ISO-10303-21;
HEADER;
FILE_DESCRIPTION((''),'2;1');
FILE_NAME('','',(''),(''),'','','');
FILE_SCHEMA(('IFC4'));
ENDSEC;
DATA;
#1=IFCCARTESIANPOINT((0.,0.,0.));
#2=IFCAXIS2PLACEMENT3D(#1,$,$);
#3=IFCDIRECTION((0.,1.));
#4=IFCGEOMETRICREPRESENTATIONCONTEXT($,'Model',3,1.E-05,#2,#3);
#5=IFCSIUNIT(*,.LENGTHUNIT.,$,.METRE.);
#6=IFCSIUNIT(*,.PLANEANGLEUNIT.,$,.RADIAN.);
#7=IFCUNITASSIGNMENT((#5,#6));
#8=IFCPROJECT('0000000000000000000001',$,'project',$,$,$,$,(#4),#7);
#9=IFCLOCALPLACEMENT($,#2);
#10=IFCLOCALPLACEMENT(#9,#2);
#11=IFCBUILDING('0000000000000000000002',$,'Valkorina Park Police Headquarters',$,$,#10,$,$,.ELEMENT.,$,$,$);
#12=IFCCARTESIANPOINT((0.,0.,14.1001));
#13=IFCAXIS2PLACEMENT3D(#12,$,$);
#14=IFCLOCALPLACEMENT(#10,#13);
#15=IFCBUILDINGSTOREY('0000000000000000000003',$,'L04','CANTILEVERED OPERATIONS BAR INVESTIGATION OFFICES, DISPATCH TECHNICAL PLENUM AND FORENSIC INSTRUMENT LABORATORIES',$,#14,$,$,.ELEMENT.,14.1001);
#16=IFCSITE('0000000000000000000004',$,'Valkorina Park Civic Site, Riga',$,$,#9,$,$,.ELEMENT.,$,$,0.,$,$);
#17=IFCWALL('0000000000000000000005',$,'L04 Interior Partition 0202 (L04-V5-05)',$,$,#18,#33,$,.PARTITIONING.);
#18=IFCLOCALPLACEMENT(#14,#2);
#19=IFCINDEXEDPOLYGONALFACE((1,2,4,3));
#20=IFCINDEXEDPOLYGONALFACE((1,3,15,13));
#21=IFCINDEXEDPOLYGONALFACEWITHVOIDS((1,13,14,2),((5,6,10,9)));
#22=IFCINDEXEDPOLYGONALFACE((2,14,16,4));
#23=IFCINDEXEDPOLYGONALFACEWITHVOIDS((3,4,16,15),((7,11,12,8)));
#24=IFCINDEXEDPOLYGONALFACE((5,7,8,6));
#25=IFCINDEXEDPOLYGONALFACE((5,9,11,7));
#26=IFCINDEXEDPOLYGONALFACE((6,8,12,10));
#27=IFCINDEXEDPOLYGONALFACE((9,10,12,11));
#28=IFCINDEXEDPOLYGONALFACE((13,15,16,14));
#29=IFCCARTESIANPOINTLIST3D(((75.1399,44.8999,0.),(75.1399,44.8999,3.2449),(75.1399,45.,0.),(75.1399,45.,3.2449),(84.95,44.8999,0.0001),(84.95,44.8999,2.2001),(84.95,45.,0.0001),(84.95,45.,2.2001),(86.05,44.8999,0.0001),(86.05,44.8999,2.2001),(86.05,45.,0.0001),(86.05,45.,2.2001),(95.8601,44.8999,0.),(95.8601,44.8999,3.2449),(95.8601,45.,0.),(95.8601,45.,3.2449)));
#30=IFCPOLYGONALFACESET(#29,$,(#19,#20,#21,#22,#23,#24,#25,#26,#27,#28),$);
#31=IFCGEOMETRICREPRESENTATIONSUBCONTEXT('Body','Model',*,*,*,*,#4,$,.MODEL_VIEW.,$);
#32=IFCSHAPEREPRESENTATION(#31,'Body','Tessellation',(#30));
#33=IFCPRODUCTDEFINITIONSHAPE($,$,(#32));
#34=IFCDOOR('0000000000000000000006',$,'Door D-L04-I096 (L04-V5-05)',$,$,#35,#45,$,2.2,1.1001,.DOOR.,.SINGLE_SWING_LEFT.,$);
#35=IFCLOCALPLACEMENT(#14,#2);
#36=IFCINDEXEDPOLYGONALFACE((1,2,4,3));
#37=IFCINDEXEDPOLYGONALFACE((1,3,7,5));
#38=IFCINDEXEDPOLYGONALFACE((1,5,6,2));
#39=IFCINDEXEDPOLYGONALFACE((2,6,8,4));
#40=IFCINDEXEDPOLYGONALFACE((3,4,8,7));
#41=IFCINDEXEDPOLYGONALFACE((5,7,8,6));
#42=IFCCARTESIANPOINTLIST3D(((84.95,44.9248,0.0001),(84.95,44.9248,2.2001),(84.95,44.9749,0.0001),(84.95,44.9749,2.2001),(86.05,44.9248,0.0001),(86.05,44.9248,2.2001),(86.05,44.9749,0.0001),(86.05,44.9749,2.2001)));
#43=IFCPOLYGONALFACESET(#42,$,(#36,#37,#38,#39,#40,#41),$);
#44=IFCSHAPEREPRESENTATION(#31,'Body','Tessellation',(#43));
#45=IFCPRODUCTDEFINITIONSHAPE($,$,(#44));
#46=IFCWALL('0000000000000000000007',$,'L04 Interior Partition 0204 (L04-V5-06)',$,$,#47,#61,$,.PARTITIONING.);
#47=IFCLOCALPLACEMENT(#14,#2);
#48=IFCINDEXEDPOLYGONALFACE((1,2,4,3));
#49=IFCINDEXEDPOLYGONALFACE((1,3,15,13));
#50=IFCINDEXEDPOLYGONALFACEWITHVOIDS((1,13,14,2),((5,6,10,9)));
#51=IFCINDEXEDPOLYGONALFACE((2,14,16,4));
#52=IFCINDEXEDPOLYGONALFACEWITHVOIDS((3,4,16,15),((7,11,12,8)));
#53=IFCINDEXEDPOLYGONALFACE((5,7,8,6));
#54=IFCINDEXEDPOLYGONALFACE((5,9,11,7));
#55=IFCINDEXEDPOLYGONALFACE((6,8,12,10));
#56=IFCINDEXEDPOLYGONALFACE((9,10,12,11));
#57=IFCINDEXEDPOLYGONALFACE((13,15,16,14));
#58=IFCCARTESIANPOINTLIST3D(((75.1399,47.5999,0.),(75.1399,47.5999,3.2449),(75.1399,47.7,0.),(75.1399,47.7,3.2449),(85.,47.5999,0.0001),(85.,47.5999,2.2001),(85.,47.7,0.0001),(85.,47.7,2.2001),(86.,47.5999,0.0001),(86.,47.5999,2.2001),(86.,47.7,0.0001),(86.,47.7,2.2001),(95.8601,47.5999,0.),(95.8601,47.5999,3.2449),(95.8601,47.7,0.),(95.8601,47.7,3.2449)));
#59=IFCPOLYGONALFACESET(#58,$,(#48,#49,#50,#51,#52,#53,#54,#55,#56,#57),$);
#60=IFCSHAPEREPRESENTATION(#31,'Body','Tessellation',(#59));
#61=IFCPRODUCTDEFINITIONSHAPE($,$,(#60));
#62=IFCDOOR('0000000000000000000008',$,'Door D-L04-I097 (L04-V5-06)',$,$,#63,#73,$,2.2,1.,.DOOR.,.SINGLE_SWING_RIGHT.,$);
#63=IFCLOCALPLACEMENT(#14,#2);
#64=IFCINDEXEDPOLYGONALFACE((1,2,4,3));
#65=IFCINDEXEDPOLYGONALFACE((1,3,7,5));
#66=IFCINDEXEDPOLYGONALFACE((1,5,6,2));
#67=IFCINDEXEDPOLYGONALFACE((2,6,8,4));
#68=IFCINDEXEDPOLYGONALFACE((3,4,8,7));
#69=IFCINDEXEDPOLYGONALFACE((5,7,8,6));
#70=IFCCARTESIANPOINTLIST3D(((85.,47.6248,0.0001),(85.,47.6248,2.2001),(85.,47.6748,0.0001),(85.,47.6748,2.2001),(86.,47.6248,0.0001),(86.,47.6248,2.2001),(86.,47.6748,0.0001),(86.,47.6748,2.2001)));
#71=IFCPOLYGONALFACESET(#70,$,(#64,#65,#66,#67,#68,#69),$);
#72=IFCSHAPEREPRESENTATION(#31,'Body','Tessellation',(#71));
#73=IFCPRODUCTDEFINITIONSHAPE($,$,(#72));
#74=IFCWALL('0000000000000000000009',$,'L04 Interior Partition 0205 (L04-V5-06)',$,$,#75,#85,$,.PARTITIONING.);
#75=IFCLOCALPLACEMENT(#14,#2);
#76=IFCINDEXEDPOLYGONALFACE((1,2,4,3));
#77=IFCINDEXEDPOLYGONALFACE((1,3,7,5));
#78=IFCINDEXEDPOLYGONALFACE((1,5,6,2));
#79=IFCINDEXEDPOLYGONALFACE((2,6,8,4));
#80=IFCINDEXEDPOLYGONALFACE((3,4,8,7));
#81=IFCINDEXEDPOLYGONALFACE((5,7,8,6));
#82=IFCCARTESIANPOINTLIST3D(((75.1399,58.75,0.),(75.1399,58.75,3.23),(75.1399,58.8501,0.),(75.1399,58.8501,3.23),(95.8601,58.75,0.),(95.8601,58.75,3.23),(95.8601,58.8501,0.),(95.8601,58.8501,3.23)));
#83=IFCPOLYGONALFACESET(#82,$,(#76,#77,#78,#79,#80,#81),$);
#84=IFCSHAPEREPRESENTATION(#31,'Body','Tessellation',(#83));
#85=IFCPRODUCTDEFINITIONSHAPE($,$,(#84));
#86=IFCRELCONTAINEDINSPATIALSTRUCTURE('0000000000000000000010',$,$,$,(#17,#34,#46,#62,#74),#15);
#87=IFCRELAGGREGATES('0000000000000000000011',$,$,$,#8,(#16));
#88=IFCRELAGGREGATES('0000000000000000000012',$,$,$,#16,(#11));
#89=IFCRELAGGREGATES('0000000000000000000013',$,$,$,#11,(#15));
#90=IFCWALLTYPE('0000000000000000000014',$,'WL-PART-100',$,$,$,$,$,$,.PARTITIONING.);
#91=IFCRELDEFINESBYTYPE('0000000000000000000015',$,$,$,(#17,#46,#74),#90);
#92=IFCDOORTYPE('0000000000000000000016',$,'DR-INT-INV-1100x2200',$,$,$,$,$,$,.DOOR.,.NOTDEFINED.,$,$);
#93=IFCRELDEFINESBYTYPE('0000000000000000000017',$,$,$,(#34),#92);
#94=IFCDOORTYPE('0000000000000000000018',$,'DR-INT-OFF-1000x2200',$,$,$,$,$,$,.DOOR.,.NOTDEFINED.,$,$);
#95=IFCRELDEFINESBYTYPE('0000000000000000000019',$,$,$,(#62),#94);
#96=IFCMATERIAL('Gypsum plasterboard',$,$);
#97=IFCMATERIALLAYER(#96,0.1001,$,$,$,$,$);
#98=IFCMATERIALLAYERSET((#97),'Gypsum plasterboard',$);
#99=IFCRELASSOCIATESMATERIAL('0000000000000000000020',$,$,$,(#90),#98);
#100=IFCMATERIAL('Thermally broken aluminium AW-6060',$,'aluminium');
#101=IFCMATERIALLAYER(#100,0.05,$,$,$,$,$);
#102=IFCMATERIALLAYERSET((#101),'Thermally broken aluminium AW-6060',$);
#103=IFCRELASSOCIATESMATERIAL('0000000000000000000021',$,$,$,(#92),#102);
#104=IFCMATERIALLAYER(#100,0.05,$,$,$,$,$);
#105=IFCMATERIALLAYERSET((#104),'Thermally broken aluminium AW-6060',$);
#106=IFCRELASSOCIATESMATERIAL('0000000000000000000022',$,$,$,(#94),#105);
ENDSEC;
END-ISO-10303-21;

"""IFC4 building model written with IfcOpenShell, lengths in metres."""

from ifc_helpers import new_model, si_unit, direction, frame, frame_2d, origin, place, context, subcontext, project, spatial, rectangle, extrude, material, layer, layer_set, type_object, element, fill, save


model = new_model("IFC4")

# Units and contexts
model_context = context("Model", 3, precision=1e-05, world=origin(), true_north=direction((0.0, 1.0)))
body_context = subcontext(model_context, "Body", "Model", "MODEL_VIEW")
ifc_project = project(units=[si_unit("LENGTHUNIT", "METRE"), si_unit("PLANEANGLEUNIT", "RADIAN")], contexts=[model_context])

# Site, building, storey
site_placement = place(None, origin())
site = spatial("IfcSite", under=ifc_project, at=site_placement, Name="Valkorina Park Civic Site, Riga", CompositionType="ELEMENT", RefElevation=0.0)
building_placement = place(site_placement, origin())
building = spatial("IfcBuilding", under=site, at=building_placement, Name="Valkorina Park Police Headquarters", CompositionType="ELEMENT")
storey_placement = place(building_placement, frame((0.0, 0.0, 14.1001)))
storey = spatial("IfcBuildingStorey", under=building, at=storey_placement, Name="L04", Description="CANTILEVERED OPERATIONS BAR INVESTIGATION OFFICES, DISPATCH TECHNICAL PLENUM AND FORENSIC INSTRUMENT LABORATORIES", CompositionType="ELEMENT", Elevation=14.1001)

# Shared definitions
ifc_material_1 = material(Name="Thermally broken aluminium AW-6060", Category="aluminium")

# Walls, openings, doors
ifc_material_2 = material(Name="Gypsum plasterboard")
ifc_layer_1 = layer(ifc_material_2, 0.1001)
ifc_layer_set_1 = layer_set([ifc_layer_1], Name="Gypsum plasterboard")
wall_type = type_object("IfcWallType", Name="WL-PART-100", PredefinedType="PARTITIONING", material=ifc_layer_set_1)
wall_1_placement = place(storey_placement, frame((75.1399, 44.95, 0.0), z_axis=(0.0, 0.0, 1.0), x_axis=(1.0, 0.0, 0.0)))
wall_1 = element("IfcWall", 1, at=wall_1_placement, inside=storey, type_object=wall_type, Name="L04 Interior Partition 0202 (L04-V5-05)", PredefinedType="PARTITIONING", context=body_context, shape_type="SweptSolid", body=[
    extrude(rectangle(XDim=20.7202, YDim=0.1001, at=frame_2d((10.3601, 0.0))), origin(), (0.0, 0.0, 1.0), 3.2449),
])
opening_1_placement = place(wall_1_placement, frame((9.8101, 0.0, 0.0)))
opening_1 = element("IfcOpeningElement", 2, at=opening_1_placement, cuts=wall_1, PredefinedType="OPENING", context=body_context, shape_type="SweptSolid", body=[
    extrude(rectangle(XDim=1.1001, YDim=2.2, at=frame_2d((0.55, 1.1001))), frame((0.0, 0.0601, 0.0), z_axis=(0.0, -1.0, 0.0), x_axis=(1.0, 0.0, 0.0)), (0.0, 0.0, 1.0), 0.1201),
])
ifc_layer_2 = layer(ifc_material_1, 0.05)
ifc_layer_set_2 = layer_set([ifc_layer_2], Name="Thermally broken aluminium AW-6060")
door_type_1 = type_object("IfcDoorType", Name="DR-INT-INV-1100x2200", OperationType="NOTDEFINED", PredefinedType="DOOR", material=ifc_layer_set_2)
door_1_placement = place(opening_1_placement, origin())
door_1 = element("IfcDoor", 3, at=door_1_placement, inside=storey, type_object=door_type_1, Name="Door D-L04-I096 (L04-V5-05)", OperationType="SINGLE_SWING_LEFT", OverallHeight=2.2, OverallWidth=1.1001, PredefinedType="DOOR", context=body_context, shape_type="SweptSolid", body=[
    extrude(rectangle(XDim=1.1001, YDim=2.2, at=frame_2d((0.55, 1.1001))), frame((0.0, 0.0249, 0.0), z_axis=(0.0, -1.0, 0.0), x_axis=(1.0, 0.0, 0.0)), (0.0, 0.0, 1.0), 0.05),
])
fill(opening_1, door_1)
wall_2_placement = place(storey_placement, frame((75.1399, 47.6499, 0.0), z_axis=(0.0, 0.0, 1.0), x_axis=(1.0, 0.0, 0.0)))
wall_2 = element("IfcWall", 4, at=wall_2_placement, inside=storey, type_object=wall_type, Name="L04 Interior Partition 0204 (L04-V5-06)", PredefinedType="PARTITIONING", context=body_context, shape_type="SweptSolid", body=[
    extrude(rectangle(XDim=20.7202, YDim=0.1001, at=frame_2d((10.3601, 0.0))), origin(), (0.0, 0.0, 1.0), 3.2449),
])
opening_2_placement = place(wall_2_placement, frame((9.8601, 0.0, 0.0)))
opening_2 = element("IfcOpeningElement", 5, at=opening_2_placement, cuts=wall_2, PredefinedType="OPENING", context=body_context, shape_type="SweptSolid", body=[
    extrude(rectangle(XDim=1.0, YDim=2.2, at=frame_2d((0.5, 1.1001))), frame((0.0, 0.0601, 0.0), z_axis=(0.0, -1.0, 0.0), x_axis=(1.0, 0.0, 0.0)), (0.0, 0.0, 1.0), 0.1201),
])
ifc_layer_3 = layer(ifc_material_1, 0.05)
ifc_layer_set_3 = layer_set([ifc_layer_3], Name="Thermally broken aluminium AW-6060")
door_type_2 = type_object("IfcDoorType", Name="DR-INT-OFF-1000x2200", OperationType="NOTDEFINED", PredefinedType="DOOR", material=ifc_layer_set_3)
door_2_placement = place(opening_2_placement, origin())
door_2 = element("IfcDoor", 6, at=door_2_placement, inside=storey, type_object=door_type_2, Name="Door D-L04-I097 (L04-V5-06)", OperationType="SINGLE_SWING_RIGHT", OverallHeight=2.2, OverallWidth=1.0, PredefinedType="DOOR", context=body_context, shape_type="SweptSolid", body=[
    extrude(rectangle(XDim=1.0, YDim=2.2, at=frame_2d((0.5, 1.1001))), frame((0.0, 0.0249, 0.0), z_axis=(0.0, -1.0, 0.0), x_axis=(1.0, 0.0, 0.0)), (0.0, 0.0, 1.0), 0.05),
])
fill(opening_2, door_2)

# Wall
wall_3_placement = place(storey_placement, frame((75.1399, 58.8, 0.0), z_axis=(0.0, 0.0, 1.0), x_axis=(1.0, 0.0, 0.0)))
element("IfcWall", 7, at=wall_3_placement, inside=storey, type_object=wall_type, Name="L04 Interior Partition 0205 (L04-V5-06)", PredefinedType="PARTITIONING", context=body_context, shape_type="SweptSolid", body=[
    extrude(rectangle(XDim=20.7202, YDim=0.1001, at=frame_2d((10.3601, 0.0))), origin(), (0.0, 0.0, 1.0), 3.23),
])

save(model, "model.ifc")
